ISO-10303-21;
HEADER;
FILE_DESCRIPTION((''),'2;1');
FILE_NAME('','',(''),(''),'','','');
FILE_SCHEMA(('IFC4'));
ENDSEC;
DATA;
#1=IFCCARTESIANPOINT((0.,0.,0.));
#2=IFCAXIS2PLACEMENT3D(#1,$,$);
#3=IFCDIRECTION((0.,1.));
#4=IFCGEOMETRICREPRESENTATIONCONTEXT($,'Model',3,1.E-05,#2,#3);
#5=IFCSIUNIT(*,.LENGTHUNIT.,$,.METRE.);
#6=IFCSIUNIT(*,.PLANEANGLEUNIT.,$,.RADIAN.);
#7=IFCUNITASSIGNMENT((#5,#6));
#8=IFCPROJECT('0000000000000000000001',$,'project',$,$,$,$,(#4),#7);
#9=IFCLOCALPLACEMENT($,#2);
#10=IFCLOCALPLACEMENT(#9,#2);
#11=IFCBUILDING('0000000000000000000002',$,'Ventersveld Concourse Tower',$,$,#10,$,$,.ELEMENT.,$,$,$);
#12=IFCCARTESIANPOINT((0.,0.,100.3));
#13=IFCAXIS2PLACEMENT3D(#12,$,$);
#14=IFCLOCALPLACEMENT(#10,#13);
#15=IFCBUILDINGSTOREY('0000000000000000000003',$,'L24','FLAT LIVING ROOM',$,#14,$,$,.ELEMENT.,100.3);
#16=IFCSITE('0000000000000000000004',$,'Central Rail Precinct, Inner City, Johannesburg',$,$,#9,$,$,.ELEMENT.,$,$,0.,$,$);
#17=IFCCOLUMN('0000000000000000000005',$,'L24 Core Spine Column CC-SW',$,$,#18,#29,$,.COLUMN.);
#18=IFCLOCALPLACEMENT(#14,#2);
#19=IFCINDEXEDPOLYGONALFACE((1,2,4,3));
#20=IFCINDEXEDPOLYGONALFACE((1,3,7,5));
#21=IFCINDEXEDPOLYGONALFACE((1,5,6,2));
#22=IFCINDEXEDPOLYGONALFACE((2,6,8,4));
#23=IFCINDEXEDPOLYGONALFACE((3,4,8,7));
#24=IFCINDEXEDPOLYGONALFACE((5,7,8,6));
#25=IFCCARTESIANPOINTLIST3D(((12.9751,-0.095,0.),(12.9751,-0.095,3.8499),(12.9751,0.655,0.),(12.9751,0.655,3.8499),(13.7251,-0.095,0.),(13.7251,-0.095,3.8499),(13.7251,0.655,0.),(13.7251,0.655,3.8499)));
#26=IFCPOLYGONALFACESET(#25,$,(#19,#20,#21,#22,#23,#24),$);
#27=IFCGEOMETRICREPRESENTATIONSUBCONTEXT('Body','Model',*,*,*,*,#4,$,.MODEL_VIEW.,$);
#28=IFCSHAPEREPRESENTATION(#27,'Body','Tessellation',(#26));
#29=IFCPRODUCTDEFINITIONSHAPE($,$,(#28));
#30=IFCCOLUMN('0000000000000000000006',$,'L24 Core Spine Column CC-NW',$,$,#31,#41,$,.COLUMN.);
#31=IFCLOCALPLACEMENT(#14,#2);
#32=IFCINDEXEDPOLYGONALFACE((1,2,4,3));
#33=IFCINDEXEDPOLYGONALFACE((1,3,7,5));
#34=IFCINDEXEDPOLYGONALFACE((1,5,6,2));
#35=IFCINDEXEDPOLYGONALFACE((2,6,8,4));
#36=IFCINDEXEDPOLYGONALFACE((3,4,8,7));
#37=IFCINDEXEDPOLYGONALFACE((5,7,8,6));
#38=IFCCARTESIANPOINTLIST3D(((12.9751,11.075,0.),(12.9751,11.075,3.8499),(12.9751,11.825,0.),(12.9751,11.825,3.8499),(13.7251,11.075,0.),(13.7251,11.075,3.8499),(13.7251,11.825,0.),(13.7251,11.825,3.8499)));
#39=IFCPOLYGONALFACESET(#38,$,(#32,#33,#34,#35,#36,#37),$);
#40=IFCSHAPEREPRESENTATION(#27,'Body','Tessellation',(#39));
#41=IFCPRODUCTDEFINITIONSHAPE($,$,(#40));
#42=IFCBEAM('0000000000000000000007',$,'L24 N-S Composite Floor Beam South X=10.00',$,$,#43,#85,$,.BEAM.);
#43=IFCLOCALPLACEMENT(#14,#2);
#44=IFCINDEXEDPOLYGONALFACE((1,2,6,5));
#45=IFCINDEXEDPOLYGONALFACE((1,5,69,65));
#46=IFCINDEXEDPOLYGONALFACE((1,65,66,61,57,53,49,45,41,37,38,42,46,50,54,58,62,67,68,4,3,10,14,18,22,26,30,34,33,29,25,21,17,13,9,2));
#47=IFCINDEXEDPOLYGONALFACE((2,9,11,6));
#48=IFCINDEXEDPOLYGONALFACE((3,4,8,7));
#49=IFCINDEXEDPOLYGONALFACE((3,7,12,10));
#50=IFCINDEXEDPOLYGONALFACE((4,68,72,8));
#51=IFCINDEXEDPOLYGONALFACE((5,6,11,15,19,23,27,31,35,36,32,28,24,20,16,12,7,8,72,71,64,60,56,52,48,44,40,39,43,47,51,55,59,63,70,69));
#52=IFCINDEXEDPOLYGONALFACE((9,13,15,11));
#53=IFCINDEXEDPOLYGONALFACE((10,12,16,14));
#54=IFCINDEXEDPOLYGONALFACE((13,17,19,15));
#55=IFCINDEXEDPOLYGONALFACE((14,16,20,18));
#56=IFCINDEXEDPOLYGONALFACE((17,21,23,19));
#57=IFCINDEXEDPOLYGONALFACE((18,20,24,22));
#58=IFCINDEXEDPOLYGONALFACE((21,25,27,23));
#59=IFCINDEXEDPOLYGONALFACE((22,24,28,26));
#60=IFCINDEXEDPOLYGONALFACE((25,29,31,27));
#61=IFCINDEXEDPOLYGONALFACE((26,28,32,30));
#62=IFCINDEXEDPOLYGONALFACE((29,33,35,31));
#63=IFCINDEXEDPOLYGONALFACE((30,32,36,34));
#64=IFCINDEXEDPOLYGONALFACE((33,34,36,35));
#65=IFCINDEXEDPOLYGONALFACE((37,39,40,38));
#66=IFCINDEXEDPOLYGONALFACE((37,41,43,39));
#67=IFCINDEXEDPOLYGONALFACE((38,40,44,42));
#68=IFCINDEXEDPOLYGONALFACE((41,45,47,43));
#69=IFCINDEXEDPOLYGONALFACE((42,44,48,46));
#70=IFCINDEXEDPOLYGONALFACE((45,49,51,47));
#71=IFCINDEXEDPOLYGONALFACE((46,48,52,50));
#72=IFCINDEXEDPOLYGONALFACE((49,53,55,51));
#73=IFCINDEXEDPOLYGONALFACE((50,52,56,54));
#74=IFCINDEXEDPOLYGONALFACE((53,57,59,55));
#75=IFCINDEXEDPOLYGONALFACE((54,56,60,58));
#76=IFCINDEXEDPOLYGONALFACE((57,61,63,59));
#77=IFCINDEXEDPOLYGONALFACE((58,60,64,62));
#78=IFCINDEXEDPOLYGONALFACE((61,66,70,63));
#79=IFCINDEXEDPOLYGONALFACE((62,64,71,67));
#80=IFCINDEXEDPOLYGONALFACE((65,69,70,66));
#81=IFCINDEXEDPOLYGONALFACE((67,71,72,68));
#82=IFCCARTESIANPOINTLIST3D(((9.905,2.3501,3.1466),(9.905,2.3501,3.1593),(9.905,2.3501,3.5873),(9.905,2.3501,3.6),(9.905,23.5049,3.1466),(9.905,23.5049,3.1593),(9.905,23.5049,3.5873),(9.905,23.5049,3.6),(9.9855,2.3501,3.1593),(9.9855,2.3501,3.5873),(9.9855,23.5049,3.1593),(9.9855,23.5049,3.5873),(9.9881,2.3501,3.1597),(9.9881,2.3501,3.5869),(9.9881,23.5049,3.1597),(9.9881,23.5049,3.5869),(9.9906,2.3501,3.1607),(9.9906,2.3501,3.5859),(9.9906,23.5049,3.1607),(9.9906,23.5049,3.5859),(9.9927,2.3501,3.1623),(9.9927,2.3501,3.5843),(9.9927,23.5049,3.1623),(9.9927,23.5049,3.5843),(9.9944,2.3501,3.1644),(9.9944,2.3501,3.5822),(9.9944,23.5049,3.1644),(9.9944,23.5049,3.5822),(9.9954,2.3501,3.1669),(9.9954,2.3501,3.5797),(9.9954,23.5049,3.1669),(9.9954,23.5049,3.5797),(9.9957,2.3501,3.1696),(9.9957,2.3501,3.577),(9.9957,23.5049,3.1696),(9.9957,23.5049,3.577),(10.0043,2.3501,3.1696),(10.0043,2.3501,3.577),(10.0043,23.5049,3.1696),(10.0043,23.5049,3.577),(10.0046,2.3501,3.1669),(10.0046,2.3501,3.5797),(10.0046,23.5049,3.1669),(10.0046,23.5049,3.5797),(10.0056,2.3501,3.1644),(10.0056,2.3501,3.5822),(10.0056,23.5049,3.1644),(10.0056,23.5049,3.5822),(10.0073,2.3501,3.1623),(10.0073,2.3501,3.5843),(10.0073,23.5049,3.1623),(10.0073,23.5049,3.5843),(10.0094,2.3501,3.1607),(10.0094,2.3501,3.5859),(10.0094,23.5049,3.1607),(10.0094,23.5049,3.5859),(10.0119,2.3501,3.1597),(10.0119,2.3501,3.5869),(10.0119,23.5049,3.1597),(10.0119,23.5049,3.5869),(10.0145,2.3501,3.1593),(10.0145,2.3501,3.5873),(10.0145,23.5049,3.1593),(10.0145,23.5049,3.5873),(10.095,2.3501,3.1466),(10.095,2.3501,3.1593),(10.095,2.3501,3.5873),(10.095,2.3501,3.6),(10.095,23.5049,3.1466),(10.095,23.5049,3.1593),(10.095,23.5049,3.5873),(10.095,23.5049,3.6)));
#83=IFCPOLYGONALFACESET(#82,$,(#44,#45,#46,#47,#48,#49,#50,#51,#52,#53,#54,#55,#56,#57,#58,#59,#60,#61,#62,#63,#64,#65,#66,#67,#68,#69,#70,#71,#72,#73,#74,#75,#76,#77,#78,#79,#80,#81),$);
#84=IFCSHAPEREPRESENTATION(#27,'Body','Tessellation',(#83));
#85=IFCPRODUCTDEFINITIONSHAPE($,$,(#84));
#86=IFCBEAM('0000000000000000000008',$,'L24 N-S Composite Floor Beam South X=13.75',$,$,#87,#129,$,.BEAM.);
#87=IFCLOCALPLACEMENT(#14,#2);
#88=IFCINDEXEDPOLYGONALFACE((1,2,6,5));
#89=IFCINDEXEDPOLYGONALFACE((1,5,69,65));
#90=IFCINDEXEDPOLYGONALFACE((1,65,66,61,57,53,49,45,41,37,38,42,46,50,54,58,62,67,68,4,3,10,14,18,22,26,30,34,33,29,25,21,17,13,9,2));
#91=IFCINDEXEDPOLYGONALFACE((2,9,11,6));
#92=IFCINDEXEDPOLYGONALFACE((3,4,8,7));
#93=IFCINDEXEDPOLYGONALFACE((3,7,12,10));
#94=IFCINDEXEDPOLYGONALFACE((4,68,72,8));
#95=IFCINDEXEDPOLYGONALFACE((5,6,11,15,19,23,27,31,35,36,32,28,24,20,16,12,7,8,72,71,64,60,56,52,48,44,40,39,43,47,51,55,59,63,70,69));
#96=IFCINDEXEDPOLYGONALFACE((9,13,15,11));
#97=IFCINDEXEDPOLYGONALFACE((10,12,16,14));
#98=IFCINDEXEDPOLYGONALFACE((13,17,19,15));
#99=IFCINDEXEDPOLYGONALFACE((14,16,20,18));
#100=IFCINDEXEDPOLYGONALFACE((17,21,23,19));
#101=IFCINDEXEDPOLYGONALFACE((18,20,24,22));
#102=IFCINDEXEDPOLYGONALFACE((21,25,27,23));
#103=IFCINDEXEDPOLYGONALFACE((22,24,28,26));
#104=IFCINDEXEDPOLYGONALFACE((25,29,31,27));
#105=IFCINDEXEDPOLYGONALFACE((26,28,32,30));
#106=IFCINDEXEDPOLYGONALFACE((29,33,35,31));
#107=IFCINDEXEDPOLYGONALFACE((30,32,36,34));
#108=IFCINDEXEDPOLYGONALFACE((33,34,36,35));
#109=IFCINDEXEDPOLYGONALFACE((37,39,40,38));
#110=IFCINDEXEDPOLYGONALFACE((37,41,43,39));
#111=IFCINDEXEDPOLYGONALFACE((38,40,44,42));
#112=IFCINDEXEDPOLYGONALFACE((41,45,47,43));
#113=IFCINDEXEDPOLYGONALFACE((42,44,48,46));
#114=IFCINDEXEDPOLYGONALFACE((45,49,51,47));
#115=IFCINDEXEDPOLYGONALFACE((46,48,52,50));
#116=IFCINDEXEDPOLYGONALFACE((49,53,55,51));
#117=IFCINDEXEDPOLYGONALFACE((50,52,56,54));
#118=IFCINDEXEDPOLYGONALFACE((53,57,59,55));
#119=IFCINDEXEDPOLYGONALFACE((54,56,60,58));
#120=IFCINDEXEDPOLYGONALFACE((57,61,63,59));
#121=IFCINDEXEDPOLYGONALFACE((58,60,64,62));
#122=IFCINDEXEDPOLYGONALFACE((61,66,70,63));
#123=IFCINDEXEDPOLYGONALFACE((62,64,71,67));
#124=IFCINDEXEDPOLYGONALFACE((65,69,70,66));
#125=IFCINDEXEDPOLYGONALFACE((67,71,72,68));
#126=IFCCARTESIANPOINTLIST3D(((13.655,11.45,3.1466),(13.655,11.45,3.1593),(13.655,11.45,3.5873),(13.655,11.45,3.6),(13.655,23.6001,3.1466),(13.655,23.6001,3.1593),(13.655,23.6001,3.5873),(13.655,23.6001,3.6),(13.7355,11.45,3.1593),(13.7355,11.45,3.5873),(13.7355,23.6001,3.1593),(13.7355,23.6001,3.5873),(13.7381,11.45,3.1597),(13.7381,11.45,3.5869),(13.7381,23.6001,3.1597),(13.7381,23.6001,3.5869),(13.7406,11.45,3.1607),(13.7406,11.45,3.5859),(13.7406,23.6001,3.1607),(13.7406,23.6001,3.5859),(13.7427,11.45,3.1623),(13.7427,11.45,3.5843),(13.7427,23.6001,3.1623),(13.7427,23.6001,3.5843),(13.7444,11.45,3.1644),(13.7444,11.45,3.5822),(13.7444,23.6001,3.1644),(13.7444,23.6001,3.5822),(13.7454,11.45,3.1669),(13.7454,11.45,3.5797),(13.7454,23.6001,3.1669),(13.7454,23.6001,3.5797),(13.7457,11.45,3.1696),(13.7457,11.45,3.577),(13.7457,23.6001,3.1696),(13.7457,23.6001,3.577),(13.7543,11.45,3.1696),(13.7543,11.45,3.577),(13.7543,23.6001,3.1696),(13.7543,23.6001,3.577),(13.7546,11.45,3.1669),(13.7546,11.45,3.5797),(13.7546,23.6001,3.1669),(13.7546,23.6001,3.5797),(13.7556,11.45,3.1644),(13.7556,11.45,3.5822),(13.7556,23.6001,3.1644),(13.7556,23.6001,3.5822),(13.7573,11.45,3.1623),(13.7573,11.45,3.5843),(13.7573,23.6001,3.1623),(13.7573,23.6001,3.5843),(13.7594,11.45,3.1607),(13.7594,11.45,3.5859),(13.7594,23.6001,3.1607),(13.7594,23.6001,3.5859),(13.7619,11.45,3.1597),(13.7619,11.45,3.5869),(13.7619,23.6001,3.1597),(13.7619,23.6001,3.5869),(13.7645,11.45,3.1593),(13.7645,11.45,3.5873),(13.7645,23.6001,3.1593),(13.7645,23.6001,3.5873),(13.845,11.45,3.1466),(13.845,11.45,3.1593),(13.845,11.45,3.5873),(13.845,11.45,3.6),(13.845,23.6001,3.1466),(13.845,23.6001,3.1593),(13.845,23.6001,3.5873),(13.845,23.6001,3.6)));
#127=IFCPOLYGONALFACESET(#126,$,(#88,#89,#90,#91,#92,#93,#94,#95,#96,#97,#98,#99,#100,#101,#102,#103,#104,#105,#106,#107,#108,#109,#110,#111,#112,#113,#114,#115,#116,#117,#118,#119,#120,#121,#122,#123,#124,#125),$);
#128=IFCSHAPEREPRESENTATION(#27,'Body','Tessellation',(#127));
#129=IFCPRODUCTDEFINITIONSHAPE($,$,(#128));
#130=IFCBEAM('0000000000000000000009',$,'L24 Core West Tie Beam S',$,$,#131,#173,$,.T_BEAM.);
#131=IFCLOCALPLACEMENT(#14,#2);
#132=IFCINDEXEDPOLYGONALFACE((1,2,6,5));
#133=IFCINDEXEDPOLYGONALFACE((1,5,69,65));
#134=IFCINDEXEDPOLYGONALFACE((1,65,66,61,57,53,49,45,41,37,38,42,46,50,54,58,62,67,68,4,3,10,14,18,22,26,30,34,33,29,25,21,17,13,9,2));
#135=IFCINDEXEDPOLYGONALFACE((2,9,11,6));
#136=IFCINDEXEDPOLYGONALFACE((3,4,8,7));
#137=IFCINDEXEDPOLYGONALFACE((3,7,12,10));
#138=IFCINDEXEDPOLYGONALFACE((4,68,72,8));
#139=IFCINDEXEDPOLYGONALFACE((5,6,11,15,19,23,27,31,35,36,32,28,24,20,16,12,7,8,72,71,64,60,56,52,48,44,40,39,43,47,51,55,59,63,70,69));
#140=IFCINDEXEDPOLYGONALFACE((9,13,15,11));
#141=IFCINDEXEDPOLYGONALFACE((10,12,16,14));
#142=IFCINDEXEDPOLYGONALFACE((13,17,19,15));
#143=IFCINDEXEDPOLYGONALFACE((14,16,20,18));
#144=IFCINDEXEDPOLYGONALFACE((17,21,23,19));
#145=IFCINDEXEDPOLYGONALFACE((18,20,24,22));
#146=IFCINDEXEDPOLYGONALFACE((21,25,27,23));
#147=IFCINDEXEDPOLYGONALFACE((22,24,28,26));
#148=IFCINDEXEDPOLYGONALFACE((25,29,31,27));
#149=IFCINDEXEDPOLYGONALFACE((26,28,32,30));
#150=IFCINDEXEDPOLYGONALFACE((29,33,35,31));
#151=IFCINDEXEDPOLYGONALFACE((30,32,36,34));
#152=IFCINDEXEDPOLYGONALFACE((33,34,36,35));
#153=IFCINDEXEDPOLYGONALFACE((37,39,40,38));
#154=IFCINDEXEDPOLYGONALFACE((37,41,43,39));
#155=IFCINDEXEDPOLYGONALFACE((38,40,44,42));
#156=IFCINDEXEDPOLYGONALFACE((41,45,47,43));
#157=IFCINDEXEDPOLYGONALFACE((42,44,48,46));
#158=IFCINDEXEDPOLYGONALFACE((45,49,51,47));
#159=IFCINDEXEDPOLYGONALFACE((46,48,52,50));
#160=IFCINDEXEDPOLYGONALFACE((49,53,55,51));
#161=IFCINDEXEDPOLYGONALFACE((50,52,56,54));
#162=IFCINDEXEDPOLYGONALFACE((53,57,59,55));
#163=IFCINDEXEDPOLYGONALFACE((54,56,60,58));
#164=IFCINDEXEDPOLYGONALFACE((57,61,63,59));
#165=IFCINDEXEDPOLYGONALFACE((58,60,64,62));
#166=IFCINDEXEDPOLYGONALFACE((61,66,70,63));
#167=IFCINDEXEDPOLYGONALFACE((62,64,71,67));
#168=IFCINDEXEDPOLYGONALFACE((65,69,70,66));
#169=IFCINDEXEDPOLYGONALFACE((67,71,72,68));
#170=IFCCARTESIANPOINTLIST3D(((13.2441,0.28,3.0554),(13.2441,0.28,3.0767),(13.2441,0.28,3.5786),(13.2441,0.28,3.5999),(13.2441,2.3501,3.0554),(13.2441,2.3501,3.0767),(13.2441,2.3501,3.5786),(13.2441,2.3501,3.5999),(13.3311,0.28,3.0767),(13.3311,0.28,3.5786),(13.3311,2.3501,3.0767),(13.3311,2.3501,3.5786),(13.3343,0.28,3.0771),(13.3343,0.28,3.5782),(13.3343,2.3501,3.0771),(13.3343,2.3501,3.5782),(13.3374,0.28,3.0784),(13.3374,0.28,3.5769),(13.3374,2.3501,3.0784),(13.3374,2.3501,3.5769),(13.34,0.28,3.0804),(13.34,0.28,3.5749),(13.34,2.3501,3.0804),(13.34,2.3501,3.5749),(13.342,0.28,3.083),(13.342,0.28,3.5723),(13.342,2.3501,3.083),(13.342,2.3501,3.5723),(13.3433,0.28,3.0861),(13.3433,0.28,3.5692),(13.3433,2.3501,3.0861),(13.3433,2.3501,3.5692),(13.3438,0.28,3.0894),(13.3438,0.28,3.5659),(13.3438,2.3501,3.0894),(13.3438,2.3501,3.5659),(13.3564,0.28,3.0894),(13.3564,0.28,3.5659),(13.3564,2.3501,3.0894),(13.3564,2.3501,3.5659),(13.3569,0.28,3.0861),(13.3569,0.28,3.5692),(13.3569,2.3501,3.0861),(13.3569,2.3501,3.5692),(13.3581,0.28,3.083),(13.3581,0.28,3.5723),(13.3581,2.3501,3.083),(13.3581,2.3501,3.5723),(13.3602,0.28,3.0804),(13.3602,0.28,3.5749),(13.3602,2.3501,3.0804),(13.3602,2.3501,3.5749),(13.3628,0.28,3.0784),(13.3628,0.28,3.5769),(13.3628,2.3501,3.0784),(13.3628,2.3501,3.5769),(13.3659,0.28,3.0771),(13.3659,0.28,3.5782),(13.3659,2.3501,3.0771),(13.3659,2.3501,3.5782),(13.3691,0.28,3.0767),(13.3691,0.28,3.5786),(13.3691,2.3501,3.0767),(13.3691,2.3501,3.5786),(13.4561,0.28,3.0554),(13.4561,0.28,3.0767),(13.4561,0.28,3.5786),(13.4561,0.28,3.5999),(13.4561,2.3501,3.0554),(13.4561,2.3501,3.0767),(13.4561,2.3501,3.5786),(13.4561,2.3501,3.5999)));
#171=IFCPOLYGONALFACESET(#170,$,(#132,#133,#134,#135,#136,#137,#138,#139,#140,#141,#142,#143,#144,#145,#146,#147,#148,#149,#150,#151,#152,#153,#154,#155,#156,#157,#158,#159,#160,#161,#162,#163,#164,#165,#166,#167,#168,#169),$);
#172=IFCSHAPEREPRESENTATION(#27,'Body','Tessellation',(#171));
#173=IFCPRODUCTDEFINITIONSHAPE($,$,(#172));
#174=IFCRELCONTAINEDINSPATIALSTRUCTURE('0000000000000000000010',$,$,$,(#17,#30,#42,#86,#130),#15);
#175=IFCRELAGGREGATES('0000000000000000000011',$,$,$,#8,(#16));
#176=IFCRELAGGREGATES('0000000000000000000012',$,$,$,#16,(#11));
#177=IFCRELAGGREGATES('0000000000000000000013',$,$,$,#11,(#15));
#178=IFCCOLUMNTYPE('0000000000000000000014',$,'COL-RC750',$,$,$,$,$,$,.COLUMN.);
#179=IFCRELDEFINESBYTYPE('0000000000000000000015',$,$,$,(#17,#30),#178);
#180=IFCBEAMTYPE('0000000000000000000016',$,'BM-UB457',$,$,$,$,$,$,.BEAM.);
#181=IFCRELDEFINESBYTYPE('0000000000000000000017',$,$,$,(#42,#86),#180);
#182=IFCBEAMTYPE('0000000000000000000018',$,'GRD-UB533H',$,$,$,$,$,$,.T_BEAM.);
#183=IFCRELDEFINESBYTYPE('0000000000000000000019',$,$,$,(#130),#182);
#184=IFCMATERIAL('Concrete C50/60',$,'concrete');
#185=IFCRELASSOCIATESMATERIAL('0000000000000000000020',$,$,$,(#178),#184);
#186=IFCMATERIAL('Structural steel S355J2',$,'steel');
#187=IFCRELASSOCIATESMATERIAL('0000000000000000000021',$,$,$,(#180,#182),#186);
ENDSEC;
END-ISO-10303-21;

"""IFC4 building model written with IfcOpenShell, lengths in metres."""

from ifc_helpers import new_model, si_unit, direction, frame, origin, origin_2d, place, context, subcontext, project, spatial, rectangle, i_section, extrude, material, material_profile, profile_set, type_object, element, save


model = new_model("IFC4")

# Units and contexts
model_context = context("Model", 3, precision=1e-05, world=origin(), true_north=direction((0.0, 1.0)))
body_context = subcontext(model_context, "Body", "Model", "MODEL_VIEW")
ifc_project = project(units=[si_unit("LENGTHUNIT", "METRE"), si_unit("PLANEANGLEUNIT", "RADIAN")], contexts=[model_context])

# Site, building, storey
site_placement = place(None, origin())
site = spatial("IfcSite", under=ifc_project, at=site_placement, Name="Central Rail Precinct, Inner City, Johannesburg", CompositionType="ELEMENT", RefElevation=0.0)
building_placement = place(site_placement, origin())
building = spatial("IfcBuilding", under=site, at=building_placement, Name="Ventersveld Concourse Tower", CompositionType="ELEMENT")
storey_placement = place(building_placement, frame((0.0, 0.0, 100.3)))
storey = spatial("IfcBuildingStorey", under=building, at=storey_placement, Name="L24", Description="FLAT LIVING ROOM", CompositionType="ELEMENT", Elevation=100.3)

# Columns
ifc_material_1 = material(Name="Concrete C50/60", Category="concrete")
ifc_material_profile_1 = material_profile(ifc_material_1, rectangle(XDim=0.75, YDim=0.75, at=origin_2d()), Name="RC 750x750")
ifc_profile_set_1 = profile_set([ifc_material_profile_1], Name="Concrete C50/60")
column_type = type_object("IfcColumnType", Name="COL-RC750", PredefinedType="COLUMN", material=ifc_profile_set_1)
for number, where, z_axis, x_axis, name in (
    (1, (13.3501, 0.28, 0.0), (0.0, 0.0, 1.0), (1.0, 0.0, 0.0), "L24 Core Spine Column CC-SW"),
    (2, (13.3501, 11.45, 0.0), (0.0, 0.0, 1.0), (1.0, 0.0, 0.0), "L24 Core Spine Column CC-NW"),
):
    element("IfcColumn", number, at=place(storey_placement, frame(where, z_axis=z_axis, x_axis=x_axis)), inside=storey, type_object=column_type, Name=name, PredefinedType="COLUMN", context=body_context, shape_type="SweptSolid", body=[
        extrude(rectangle(XDim=0.75, YDim=0.75, at=origin_2d()), origin(), (0.0, 0.0, 1.0), 3.8499),
    ])

# Beams
ifc_material_2 = material(Name="Structural steel S355J2", Category="steel")
ifc_material_profile_2 = material_profile(ifc_material_2, i_section(OverallWidth=0.1899, OverallDepth=0.4534, WebThickness=0.0085, FlangeThickness=0.0127, FilletRadius=0.0103, at=origin_2d()), Name="UB 457x191x67")
ifc_profile_set_2 = profile_set([ifc_material_profile_2], Name="Structural steel S355J2")
beam_type_1 = type_object("IfcBeamType", Name="BM-UB457", PredefinedType="BEAM", material=ifc_profile_set_2)
beam_1_placement = place(storey_placement, frame((10.0, 2.3501, 3.3733), z_axis=(0.0, 1.0, 0.0), x_axis=(-1.0, 0.0, 0.0)))
element("IfcBeam", 3, at=beam_1_placement, inside=storey, type_object=beam_type_1, Name="L24 N-S Composite Floor Beam South X=10.00", PredefinedType="BEAM", context=body_context, shape_type="SweptSolid", body=[
    extrude(i_section(OverallWidth=0.1899, OverallDepth=0.4534, WebThickness=0.0085, FlangeThickness=0.0127, FilletRadius=0.0103, at=origin_2d()), origin(), (0.0, 0.0, 1.0), 21.1548),
])
beam_2_placement = place(storey_placement, frame((13.75, 11.45, 3.3733), z_axis=(0.0, 1.0, 0.0), x_axis=(-1.0, 0.0, 0.0)))
element("IfcBeam", 4, at=beam_2_placement, inside=storey, type_object=beam_type_1, Name="L24 N-S Composite Floor Beam South X=13.75", PredefinedType="BEAM", context=body_context, shape_type="SweptSolid", body=[
    extrude(i_section(OverallWidth=0.1899, OverallDepth=0.4534, WebThickness=0.0085, FlangeThickness=0.0127, FilletRadius=0.0103, at=origin_2d()), origin(), (0.0, 0.0, 1.0), 12.1501),
])
ifc_material_profile_3 = material_profile(ifc_material_2, i_section(OverallWidth=0.2119, OverallDepth=0.5444, WebThickness=0.0127, FlangeThickness=0.0212, FilletRadius=0.0127, at=origin_2d()), Name="UB 533x210x122")
ifc_profile_set_3 = profile_set([ifc_material_profile_3], Name="Structural steel S355J2")
beam_type_2 = type_object("IfcBeamType", Name="GRD-UB533H", PredefinedType="T_BEAM", material=ifc_profile_set_3)
beam_3_placement = place(storey_placement, frame((13.3501, 0.28, 3.3276), z_axis=(0.0, 1.0, 0.0), x_axis=(-1.0, 0.0, 0.0)))
element("IfcBeam", 5, at=beam_3_placement, inside=storey, type_object=beam_type_2, Name="L24 Core West Tie Beam S", PredefinedType="T_BEAM", context=body_context, shape_type="SweptSolid", body=[
    extrude(i_section(OverallWidth=0.2119, OverallDepth=0.5444, WebThickness=0.0127, FlangeThickness=0.0212, FilletRadius=0.0127, at=origin_2d()), origin(), (0.0, 0.0, 1.0), 2.0701),
])

save(model, "model.ifc")
